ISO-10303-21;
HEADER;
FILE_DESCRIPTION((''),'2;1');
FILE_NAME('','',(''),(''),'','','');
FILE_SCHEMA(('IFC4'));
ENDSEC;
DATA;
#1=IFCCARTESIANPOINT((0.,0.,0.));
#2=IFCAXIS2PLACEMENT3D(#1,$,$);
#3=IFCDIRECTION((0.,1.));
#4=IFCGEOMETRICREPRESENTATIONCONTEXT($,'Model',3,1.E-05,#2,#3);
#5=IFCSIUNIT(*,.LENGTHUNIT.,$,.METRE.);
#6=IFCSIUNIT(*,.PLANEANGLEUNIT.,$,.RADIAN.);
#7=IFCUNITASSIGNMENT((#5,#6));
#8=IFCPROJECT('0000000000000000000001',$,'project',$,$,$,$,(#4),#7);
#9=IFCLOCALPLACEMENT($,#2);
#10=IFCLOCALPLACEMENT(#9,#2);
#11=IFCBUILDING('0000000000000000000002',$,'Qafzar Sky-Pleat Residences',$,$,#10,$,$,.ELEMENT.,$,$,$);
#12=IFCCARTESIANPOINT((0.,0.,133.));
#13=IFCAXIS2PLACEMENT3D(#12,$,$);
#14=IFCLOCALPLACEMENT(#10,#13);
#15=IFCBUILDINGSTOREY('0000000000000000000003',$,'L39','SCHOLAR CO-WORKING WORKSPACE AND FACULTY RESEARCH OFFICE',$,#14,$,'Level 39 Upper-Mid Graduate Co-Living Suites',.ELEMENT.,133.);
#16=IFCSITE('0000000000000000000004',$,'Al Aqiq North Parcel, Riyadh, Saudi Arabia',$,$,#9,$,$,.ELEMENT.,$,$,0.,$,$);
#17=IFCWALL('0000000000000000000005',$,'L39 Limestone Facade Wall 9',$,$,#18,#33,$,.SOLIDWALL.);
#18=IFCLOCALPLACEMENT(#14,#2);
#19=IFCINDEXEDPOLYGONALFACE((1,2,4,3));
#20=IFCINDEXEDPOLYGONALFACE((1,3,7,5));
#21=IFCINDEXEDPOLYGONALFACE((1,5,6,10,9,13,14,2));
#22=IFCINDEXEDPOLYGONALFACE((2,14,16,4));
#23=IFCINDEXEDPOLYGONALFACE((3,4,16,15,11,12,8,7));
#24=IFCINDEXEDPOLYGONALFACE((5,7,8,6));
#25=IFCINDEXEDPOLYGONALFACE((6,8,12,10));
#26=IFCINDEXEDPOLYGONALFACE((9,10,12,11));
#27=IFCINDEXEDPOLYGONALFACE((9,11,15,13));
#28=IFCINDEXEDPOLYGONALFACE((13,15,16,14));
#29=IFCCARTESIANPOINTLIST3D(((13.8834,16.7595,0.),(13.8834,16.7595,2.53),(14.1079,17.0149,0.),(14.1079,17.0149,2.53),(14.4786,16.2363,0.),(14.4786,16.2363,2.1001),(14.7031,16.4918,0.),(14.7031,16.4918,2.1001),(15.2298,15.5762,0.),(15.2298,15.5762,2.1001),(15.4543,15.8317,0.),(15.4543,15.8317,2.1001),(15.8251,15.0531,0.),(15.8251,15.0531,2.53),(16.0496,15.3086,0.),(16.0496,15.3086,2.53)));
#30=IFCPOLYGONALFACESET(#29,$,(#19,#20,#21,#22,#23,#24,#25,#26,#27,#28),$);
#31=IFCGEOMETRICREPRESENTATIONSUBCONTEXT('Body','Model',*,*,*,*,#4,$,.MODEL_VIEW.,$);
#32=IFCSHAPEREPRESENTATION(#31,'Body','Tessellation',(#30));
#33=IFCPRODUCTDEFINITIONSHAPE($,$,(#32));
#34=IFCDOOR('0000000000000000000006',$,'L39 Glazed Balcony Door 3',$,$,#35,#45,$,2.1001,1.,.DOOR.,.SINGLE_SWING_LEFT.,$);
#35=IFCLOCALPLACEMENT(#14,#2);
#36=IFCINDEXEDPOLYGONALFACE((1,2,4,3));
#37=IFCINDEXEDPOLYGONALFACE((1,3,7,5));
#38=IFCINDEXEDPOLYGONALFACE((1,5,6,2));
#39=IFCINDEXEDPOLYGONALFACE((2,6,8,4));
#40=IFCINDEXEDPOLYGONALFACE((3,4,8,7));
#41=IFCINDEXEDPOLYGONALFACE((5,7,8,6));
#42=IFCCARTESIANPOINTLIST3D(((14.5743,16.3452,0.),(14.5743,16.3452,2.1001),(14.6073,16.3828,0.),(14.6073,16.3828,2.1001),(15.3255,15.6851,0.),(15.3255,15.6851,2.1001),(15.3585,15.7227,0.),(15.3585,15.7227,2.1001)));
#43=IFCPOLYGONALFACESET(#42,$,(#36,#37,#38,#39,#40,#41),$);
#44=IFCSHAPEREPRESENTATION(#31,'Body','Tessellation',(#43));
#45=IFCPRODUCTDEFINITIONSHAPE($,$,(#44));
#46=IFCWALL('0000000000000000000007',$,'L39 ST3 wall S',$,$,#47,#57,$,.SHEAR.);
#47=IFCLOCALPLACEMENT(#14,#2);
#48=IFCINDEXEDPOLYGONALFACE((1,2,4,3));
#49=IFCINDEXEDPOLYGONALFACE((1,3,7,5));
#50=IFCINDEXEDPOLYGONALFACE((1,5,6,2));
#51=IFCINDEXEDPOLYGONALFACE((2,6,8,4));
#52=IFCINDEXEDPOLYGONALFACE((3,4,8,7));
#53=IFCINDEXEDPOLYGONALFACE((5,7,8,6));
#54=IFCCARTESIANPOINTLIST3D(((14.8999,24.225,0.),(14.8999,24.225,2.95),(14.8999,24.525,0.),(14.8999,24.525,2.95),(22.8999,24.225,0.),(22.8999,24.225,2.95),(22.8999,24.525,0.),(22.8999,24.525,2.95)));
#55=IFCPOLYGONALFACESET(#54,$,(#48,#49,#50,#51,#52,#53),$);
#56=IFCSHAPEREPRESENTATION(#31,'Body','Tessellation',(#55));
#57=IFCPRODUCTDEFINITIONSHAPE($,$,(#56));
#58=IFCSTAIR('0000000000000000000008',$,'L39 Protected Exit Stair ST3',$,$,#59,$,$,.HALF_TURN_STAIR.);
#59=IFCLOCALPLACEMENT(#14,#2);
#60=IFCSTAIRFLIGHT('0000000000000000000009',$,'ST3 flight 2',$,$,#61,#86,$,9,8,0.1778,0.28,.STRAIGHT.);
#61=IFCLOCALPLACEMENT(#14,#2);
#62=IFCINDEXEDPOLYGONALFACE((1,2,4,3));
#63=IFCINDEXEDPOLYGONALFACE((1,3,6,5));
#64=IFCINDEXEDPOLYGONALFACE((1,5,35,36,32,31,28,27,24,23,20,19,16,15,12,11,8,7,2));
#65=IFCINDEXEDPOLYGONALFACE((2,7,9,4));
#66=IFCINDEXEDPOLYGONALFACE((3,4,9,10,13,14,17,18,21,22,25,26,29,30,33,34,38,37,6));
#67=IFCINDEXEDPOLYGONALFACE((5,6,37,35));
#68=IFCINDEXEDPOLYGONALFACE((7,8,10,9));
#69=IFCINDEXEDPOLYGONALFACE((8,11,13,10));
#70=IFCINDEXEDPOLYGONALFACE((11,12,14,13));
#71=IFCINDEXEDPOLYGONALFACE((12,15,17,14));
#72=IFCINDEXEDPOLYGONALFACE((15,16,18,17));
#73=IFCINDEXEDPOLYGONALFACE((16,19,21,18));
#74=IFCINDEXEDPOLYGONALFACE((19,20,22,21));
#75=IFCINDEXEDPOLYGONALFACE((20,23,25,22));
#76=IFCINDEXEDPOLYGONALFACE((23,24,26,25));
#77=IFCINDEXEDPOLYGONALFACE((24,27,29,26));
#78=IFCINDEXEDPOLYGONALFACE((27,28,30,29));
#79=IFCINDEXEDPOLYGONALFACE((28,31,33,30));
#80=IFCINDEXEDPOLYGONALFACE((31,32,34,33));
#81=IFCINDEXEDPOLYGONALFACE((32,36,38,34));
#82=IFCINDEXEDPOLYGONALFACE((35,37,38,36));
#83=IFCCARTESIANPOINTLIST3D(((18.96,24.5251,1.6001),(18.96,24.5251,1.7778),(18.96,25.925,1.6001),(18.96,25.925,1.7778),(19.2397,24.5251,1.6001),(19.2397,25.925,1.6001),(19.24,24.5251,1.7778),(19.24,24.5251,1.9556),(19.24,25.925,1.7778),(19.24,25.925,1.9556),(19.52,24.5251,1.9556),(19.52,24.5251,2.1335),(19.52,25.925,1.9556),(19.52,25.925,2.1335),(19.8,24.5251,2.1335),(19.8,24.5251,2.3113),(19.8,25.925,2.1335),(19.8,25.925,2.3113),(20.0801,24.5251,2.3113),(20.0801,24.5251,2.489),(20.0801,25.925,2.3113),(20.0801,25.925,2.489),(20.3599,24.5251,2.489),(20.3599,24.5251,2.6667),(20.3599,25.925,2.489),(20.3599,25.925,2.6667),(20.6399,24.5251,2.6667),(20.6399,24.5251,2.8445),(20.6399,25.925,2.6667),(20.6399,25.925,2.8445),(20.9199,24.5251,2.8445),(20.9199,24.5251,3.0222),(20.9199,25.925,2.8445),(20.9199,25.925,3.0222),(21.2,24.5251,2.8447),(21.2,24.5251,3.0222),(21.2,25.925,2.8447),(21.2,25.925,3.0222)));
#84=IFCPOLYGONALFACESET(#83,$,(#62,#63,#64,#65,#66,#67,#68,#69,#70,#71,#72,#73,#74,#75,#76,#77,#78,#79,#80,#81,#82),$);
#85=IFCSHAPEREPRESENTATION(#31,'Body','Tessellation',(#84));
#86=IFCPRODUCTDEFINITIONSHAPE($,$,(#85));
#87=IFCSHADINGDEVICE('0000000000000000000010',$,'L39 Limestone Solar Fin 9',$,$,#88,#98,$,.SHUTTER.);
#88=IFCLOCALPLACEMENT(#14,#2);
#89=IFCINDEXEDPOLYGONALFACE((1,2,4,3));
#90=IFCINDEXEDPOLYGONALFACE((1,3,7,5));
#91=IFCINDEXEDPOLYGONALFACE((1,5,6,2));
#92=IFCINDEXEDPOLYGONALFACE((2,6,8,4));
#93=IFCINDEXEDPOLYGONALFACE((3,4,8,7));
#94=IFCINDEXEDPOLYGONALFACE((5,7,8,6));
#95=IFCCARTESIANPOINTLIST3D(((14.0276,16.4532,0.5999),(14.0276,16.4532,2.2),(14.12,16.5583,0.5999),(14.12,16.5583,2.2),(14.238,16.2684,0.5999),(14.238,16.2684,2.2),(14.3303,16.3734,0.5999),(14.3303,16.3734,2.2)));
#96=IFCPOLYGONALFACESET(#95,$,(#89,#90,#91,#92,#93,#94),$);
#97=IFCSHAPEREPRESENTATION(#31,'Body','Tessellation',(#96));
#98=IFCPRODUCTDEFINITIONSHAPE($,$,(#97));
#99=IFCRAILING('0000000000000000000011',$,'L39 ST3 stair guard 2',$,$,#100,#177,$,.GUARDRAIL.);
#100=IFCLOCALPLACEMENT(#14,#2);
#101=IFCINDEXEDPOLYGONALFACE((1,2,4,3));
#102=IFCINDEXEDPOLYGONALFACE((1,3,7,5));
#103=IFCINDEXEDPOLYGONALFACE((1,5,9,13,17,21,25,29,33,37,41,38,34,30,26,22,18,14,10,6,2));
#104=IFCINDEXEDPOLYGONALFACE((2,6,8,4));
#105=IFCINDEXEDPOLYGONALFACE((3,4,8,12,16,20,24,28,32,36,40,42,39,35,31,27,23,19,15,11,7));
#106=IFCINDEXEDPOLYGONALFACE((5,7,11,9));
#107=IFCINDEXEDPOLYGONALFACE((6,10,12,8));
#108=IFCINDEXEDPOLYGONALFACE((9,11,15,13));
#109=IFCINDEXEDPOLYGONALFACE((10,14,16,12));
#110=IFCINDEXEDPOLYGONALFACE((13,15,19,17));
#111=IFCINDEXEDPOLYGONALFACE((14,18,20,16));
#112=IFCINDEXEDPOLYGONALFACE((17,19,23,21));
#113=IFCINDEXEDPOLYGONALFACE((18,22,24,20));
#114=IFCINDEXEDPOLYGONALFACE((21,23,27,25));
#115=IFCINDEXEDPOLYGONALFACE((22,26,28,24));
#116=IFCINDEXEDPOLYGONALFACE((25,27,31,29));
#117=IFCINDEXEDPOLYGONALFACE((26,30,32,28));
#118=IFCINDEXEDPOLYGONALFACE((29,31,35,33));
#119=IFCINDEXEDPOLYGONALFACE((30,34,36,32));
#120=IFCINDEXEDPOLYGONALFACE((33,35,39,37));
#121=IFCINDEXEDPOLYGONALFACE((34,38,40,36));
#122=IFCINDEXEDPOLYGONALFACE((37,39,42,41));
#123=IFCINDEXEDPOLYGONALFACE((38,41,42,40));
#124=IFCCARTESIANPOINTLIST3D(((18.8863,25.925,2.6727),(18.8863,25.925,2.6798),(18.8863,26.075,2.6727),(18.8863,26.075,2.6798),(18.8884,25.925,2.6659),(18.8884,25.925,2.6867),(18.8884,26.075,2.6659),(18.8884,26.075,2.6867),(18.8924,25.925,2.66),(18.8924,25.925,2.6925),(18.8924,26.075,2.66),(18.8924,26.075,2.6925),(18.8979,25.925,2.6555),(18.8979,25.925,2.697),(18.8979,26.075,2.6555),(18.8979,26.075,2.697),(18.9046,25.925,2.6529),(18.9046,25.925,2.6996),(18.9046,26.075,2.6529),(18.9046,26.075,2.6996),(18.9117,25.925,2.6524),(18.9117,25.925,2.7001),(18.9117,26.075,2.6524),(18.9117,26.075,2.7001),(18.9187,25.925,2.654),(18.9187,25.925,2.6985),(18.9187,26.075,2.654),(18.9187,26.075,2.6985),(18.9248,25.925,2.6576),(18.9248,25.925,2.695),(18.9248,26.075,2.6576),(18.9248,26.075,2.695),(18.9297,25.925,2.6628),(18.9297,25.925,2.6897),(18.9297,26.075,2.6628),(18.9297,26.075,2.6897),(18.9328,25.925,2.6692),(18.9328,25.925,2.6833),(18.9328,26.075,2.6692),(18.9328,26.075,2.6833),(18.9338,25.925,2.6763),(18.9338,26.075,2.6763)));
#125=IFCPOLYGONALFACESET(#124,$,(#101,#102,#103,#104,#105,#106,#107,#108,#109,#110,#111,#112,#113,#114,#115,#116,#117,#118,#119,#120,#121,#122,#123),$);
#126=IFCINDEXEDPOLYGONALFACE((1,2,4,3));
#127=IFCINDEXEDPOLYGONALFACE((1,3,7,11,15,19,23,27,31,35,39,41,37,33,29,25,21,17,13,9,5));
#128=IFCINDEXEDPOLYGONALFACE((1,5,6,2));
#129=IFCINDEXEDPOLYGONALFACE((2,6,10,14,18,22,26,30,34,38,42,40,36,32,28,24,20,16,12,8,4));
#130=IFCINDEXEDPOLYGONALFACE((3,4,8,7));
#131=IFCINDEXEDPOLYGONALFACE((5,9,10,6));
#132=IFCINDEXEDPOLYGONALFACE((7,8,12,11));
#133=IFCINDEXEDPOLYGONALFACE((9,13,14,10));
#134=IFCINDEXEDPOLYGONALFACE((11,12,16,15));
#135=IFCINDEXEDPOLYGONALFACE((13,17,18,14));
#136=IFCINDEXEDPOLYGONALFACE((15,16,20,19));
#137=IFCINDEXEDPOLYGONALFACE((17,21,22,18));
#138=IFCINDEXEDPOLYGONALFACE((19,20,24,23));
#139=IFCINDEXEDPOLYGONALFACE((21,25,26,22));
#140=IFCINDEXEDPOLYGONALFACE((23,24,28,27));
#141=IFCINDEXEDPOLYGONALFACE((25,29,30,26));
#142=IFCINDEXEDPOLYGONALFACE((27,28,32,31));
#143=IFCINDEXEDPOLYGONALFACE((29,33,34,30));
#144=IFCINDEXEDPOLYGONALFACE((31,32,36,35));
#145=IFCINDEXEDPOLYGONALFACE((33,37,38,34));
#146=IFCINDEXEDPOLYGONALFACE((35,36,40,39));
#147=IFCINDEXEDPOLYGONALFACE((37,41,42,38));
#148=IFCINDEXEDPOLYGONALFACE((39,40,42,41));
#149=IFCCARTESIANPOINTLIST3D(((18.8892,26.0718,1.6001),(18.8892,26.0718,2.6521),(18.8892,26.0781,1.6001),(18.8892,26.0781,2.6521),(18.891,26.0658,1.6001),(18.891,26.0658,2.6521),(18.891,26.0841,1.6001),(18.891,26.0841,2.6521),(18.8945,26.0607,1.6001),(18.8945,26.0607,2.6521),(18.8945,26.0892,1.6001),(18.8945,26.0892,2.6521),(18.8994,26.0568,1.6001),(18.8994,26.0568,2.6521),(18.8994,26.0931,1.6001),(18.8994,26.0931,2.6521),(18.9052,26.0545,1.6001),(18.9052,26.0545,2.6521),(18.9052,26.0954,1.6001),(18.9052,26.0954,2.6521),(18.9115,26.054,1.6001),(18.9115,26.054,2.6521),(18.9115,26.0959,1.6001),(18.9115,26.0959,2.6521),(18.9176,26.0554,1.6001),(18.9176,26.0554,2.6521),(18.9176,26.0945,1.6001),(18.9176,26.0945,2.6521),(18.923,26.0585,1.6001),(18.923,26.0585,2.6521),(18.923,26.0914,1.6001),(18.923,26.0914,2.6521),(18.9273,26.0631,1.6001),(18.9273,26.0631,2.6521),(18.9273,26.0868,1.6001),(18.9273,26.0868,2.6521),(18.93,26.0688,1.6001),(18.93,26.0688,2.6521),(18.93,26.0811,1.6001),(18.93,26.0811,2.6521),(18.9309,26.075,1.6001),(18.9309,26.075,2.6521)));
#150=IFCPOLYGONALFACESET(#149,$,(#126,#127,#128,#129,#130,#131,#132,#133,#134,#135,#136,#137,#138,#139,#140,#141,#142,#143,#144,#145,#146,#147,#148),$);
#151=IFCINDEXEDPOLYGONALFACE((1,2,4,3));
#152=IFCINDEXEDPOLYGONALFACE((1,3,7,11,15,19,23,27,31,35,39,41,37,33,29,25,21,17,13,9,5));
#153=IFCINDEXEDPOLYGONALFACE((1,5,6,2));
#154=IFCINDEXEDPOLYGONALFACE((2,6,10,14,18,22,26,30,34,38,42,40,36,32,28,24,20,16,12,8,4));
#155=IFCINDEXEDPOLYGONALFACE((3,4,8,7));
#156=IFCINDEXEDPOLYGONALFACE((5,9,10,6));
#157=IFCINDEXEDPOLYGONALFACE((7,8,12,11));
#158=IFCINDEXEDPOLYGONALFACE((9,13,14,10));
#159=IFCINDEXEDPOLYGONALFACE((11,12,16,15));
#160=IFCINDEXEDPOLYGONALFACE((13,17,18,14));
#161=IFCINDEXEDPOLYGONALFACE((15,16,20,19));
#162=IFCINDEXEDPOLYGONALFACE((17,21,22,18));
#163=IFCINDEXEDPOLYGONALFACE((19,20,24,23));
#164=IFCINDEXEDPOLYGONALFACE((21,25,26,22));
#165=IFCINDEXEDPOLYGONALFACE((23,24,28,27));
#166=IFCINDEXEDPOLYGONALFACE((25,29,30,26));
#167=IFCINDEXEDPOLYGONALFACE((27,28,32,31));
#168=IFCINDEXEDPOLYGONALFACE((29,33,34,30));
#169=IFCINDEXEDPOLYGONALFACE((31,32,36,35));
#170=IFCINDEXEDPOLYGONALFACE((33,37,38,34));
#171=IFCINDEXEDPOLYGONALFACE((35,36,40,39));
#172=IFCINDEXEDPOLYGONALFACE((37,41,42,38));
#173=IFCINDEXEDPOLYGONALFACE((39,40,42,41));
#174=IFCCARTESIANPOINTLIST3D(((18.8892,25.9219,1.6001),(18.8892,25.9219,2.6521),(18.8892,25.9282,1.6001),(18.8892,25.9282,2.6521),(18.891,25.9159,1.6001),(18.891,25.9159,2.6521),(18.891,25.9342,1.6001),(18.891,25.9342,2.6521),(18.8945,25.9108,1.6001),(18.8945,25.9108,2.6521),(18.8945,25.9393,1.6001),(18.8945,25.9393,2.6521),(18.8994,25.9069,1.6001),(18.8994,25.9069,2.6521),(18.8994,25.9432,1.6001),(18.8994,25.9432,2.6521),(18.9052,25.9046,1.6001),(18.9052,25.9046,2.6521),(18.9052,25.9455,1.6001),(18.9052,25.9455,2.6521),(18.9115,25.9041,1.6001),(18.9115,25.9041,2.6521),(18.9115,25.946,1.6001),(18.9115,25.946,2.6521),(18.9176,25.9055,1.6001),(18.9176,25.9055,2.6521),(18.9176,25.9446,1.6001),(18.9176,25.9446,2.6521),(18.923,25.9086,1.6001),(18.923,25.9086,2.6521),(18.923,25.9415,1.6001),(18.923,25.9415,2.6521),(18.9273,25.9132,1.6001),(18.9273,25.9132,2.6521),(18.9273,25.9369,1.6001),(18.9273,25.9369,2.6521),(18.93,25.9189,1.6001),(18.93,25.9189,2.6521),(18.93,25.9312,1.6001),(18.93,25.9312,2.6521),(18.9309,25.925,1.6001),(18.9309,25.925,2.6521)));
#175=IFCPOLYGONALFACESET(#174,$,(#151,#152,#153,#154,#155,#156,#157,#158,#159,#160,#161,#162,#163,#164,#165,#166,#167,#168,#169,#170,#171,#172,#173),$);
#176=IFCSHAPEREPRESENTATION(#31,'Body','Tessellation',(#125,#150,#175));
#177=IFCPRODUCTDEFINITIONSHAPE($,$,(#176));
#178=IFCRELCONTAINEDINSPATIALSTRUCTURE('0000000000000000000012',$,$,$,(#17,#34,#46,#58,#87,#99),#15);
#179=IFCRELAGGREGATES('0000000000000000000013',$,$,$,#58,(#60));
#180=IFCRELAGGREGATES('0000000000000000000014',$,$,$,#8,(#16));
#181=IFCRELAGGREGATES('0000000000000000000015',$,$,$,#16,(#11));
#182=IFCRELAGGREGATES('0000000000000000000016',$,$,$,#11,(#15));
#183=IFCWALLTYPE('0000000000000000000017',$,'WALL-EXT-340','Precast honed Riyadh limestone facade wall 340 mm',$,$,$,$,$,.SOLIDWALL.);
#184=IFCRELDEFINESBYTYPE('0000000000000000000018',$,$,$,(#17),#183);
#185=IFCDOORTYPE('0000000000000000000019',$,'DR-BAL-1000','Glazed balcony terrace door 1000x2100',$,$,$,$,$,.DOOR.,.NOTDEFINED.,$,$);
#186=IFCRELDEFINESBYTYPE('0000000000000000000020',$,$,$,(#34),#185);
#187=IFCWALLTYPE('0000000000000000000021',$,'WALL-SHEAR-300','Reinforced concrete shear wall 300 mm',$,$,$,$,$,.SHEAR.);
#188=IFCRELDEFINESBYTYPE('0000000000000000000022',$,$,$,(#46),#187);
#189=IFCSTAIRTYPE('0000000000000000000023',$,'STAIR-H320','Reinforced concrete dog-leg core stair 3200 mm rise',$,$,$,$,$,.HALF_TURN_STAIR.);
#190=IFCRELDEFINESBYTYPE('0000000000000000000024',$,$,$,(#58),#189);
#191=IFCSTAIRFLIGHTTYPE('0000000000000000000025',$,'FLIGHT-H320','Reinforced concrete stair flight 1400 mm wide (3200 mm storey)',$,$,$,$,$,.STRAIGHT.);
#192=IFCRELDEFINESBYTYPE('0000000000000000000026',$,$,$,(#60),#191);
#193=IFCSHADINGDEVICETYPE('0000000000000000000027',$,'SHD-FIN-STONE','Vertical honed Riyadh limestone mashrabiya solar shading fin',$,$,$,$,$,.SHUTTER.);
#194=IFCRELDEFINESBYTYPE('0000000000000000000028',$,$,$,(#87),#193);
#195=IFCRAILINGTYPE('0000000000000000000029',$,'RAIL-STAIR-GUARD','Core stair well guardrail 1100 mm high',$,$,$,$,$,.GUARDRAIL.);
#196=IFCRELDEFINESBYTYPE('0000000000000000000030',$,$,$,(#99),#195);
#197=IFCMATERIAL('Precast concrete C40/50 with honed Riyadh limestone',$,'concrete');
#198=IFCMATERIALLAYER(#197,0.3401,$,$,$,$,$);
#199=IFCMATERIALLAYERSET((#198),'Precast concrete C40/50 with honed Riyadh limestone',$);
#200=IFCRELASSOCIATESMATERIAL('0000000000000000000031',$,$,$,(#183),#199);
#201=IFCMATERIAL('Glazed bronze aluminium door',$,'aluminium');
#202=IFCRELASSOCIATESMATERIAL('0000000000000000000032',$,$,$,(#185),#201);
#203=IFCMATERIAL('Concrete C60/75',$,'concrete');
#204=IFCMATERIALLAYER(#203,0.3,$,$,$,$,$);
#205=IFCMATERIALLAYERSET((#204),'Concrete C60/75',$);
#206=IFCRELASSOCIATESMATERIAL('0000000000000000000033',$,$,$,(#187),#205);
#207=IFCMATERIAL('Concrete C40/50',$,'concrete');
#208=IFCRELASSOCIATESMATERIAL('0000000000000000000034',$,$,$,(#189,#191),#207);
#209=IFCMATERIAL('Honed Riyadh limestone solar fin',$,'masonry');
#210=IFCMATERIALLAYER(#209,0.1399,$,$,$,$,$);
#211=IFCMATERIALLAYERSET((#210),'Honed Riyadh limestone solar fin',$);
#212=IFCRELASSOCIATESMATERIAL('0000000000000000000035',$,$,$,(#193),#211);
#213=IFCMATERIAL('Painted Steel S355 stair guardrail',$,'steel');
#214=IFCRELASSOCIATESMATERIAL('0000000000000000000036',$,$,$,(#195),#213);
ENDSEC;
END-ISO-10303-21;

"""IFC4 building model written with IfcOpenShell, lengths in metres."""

from ifc_helpers import new_model, si_unit, direction, frame, frame_2d, origin, origin_2d, place, context, subcontext, project, spatial, polyline, rectangle, circle, outline, extrude, source, transform, mapped, material, layer, layer_set, type_object, element, fill, aggregate, save


model = new_model("IFC4")

# Units and contexts
model_context = context("Model", 3, precision=1e-05, world=origin(), true_north=direction((0.0, 1.0)))
body_context = subcontext(model_context, "Body", "Model", "MODEL_VIEW")
ifc_project = project(units=[si_unit("LENGTHUNIT", "METRE"), si_unit("PLANEANGLEUNIT", "RADIAN")], contexts=[model_context])

# Site, building, storey
site_placement = place(None, origin())
site = spatial("IfcSite", under=ifc_project, at=site_placement, Name="Al Aqiq North Parcel, Riyadh, Saudi Arabia", CompositionType="ELEMENT", RefElevation=0.0)
building_placement = place(site_placement, origin())
building = spatial("IfcBuilding", under=site, at=building_placement, Name="Qafzar Sky-Pleat Residences", CompositionType="ELEMENT")
storey_placement = place(building_placement, frame((0.0, 0.0, 133.0)))
storey = spatial("IfcBuildingStorey", under=building, at=storey_placement, Name="L39", Description="SCHOLAR CO-WORKING WORKSPACE AND FACULTY RESEARCH OFFICE", LongName="Level 39 Upper-Mid Graduate Co-Living Suites", CompositionType="ELEMENT", Elevation=133.0)

# Shared definitions
ifc_material_1 = material(Name="Concrete C60/75", Category="concrete")

# Wall, opening, door
ifc_material_2 = material(Name="Precast concrete C40/50 with honed Riyadh limestone", Category="concrete")
ifc_layer_1 = layer(ifc_material_2, 0.3401)
ifc_layer_set_1 = layer_set([ifc_layer_1], Name="Precast concrete C40/50 with honed Riyadh limestone")
wall_type_1 = type_object("IfcWallType", Name="WALL-EXT-340", Description="Precast honed Riyadh limestone facade wall 340 mm", PredefinedType="SOLIDWALL", material=ifc_layer_set_1)
wall_1_placement = place(storey_placement, frame((13.9956, 16.8872, 0.0), z_axis=(0.0, 0.0, 1.0), x_axis=(0.751165, -0.660115, 0.0)))
wall_1 = element("IfcWall", 1, at=wall_1_placement, inside=storey, type_object=wall_type_1, Name="L39 Limestone Facade Wall 9", PredefinedType="SOLIDWALL", context=body_context, shape_type="SweptSolid", body=[
    extrude(rectangle(XDim=2.585, YDim=0.3401, at=frame_2d((1.2925, 0.0))), origin(), (0.0, 0.0, 1.0), 2.53),
])
opening_1_placement = place(wall_1_placement, frame((0.7925, 0.0, 0.0)))
opening_1 = element("IfcOpeningElement", 2, at=opening_1_placement, cuts=wall_1, PredefinedType="OPENING", context=body_context, shape_type="SweptSolid", body=[
    extrude(rectangle(XDim=1.0, YDim=2.1001, at=frame_2d((0.5, 1.05))), frame((0.0, 0.1802, 0.0), z_axis=(0.0, -1.0, 0.0), x_axis=(1.0, 0.0, 0.0)), (0.0, 0.0, 1.0), 0.3601),
])
ifc_material_3 = material(Name="Glazed bronze aluminium door", Category="aluminium")
door_type_1 = type_object("IfcDoorType", Name="DR-BAL-1000", Description="Glazed balcony terrace door 1000x2100", OperationType="NOTDEFINED", PredefinedType="DOOR", material=ifc_material_3)
shared_shape_1 = source(origin(), body_context, "Body", "SweptSolid", [
    extrude(rectangle(XDim=1.0, YDim=2.1001, at=frame_2d((0.5, 1.05))), frame((0.0, 0.0249, 0.0), z_axis=(0.0, -1.0, 0.0), x_axis=(1.0, 0.0, 0.0)), (0.0, 0.0, 1.0), 0.05),
])
door_1_placement = place(opening_1_placement, origin())
door_1 = element("IfcDoor", 3, at=door_1_placement, inside=storey, type_object=door_type_1, Name="L39 Glazed Balcony Door 3", OperationType="SINGLE_SWING_LEFT", OverallHeight=2.1001, OverallWidth=1.0, PredefinedType="DOOR", context=body_context, shape_type="MappedRepresentation", body=[
    mapped(shared_shape_1, transform((0.0, 0.0, 0.0), x_axis=(1.0, 0.0, 0.0), y_axis=(0.0, 1.0, 0.0), z_axis=(0.0, 0.0, 1.0), scale=1.0)),
])
fill(opening_1, door_1)

# Wall
ifc_layer_2 = layer(ifc_material_1, 0.3)
ifc_layer_set_2 = layer_set([ifc_layer_2], Name="Concrete C60/75")
wall_type_2 = type_object("IfcWallType", Name="WALL-SHEAR-300", Description="Reinforced concrete shear wall 300 mm", PredefinedType="SHEAR", material=ifc_layer_set_2)
wall_2_placement = place(storey_placement, frame((14.8999, 24.375, 0.0), z_axis=(0.0, 0.0, 1.0), x_axis=(1.0, 0.0, 0.0)))
element("IfcWall", 4, at=wall_2_placement, inside=storey, type_object=wall_type_2, Name="L39 ST3 wall S", PredefinedType="SHEAR", context=body_context, shape_type="SweptSolid", body=[
    extrude(rectangle(XDim=8.0, YDim=0.3, at=frame_2d((4.0, 0.0))), origin(), (0.0, 0.0, 1.0), 2.95),
])

# Stair, stair flight
ifc_material_4 = material(Name="Concrete C40/50", Category="concrete")
stair_type = type_object("IfcStairType", Name="STAIR-H320", Description="Reinforced concrete dog-leg core stair 3200 mm rise", PredefinedType="HALF_TURN_STAIR", material=ifc_material_4)
stair_placement = place(storey_placement, origin())
stair = element("IfcStair", 5, at=stair_placement, inside=storey, type_object=stair_type, Name="L39 Protected Exit Stair ST3", PredefinedType="HALF_TURN_STAIR")
stair_flight_type = type_object("IfcStairFlightType", Name="FLIGHT-H320", Description="Reinforced concrete stair flight 1400 mm wide (3200 mm storey)", PredefinedType="STRAIGHT", material=ifc_material_4)
shared_shape_2 = source(origin(), body_context, "Body", "SweptSolid", [
    extrude(outline(polyline([(0.0, 0.0), (0.0, 0.1777), (0.28, 0.1777), (0.28, 0.3555), (0.5601, 0.3555), (0.5601, 0.5334), (0.8401, 0.5334), (0.8401, 0.7112), (1.1201, 0.7112), (1.1201, 0.8889), (1.3999, 0.8889), (1.3999, 1.0667), (1.6799, 1.0667), (1.6799, 1.2444), (1.96, 1.2444), (1.96, 1.4221), (2.24, 1.4221), (2.24, 1.6001), (2.24, 1.2446), (0.2798, 0.0), (0.0, 0.0)])), frame((0.0, 0.7, 0.0), z_axis=(0.0, -1.0, 0.0), x_axis=(1.0, 0.0, 0.0)), (0.0, 0.0, 1.0), 1.3999),
])
stair_flight_placement = place(storey_placement, frame((18.96, 25.2251, 1.6001), z_axis=(0.0, 0.0, 1.0), x_axis=(1.0, 0.0, 0.0)))
stair_flight = element("IfcStairFlight", 6, at=stair_flight_placement, type_object=stair_flight_type, Name="ST3 flight 2", NumberOfRisers=9, NumberOfTreads=8, PredefinedType="STRAIGHT", RiserHeight=0.1778, TreadLength=0.28, context=body_context, shape_type="MappedRepresentation", body=[
    mapped(shared_shape_2, transform((0.0, 0.0, 0.0), x_axis=(1.0, 0.0, 0.0), y_axis=(0.0, 1.0, 0.0), z_axis=(0.0, 0.0, 1.0), scale=1.0)),
])
aggregate(stair, [stair_flight])

# Shading device
ifc_material_5 = material(Name="Honed Riyadh limestone solar fin", Category="masonry")
ifc_layer_3 = layer(ifc_material_5, 0.1399)
ifc_layer_set_3 = layer_set([ifc_layer_3], Name="Honed Riyadh limestone solar fin")
shading_device_type = type_object("IfcShadingDeviceType", Name="SHD-FIN-STONE", Description="Vertical honed Riyadh limestone mashrabiya solar shading fin", PredefinedType="SHUTTER", material=ifc_layer_set_3)
shared_shape_3 = source(origin(), body_context, "Body", "SweptSolid", [
    extrude(rectangle(XDim=0.1399, YDim=0.28, at=origin_2d()), origin(), (0.0, 0.0, 1.0), 1.6001),
])
shading_device_placement = place(storey_placement, frame((14.179, 16.4133, 0.5999), z_axis=(0.0, 0.0, 1.0), x_axis=(-0.660133, -0.751149, 0.0)))
element("IfcShadingDevice", 7, at=shading_device_placement, inside=storey, type_object=shading_device_type, Name="L39 Limestone Solar Fin 9", PredefinedType="SHUTTER", context=body_context, shape_type="MappedRepresentation", body=[
    mapped(shared_shape_3, transform((0.0, 0.0, 0.0), x_axis=(1.0, 0.0, 0.0), y_axis=(0.0, 1.0, 0.0), z_axis=(0.0, 0.0, 1.0), scale=1.0)),
])

# Railing
ifc_material_6 = material(Name="Painted Steel S355 stair guardrail", Category="steel")
railing_type_1 = type_object("IfcRailingType", Name="RAIL-STAIR-GUARD", Description="Core stair well guardrail 1100 mm high", PredefinedType="GUARDRAIL", material=ifc_material_6)
shared_shape_4 = source(origin(), body_context, "Body", "SweptSolid", [
    extrude(circle(Radius=0.0239, at=origin_2d()), frame((0.0, 0.0, 1.0762), z_axis=(0.0, -1.0, 0.0), x_axis=(1.0, 0.0, 0.0)), (0.0, 0.0, 1.0), 0.1499),
    extrude(circle(Radius=0.021, at=origin_2d()), origin(), (0.0, 0.0, 1.0), 1.052),
    extrude(circle(Radius=0.021, at=origin_2d()), frame((0.0, -0.1499, 0.0)), (0.0, 0.0, 1.0), 1.052),
])
railing_1_placement = place(storey_placement, frame((18.9099, 26.075, 1.6001)))
element("IfcRailing", 8, at=railing_1_placement, inside=storey, type_object=railing_type_1, Name="L39 ST3 stair guard 2", PredefinedType="GUARDRAIL", context=body_context, shape_type="MappedRepresentation", body=[
    mapped(shared_shape_4, transform((0.0, 0.0, 0.0), x_axis=(1.0, 0.0, 0.0), y_axis=(0.0, 1.0, 0.0), z_axis=(0.0, 0.0, 1.0), scale=1.0)),
])

save(model, "model.ifc")
